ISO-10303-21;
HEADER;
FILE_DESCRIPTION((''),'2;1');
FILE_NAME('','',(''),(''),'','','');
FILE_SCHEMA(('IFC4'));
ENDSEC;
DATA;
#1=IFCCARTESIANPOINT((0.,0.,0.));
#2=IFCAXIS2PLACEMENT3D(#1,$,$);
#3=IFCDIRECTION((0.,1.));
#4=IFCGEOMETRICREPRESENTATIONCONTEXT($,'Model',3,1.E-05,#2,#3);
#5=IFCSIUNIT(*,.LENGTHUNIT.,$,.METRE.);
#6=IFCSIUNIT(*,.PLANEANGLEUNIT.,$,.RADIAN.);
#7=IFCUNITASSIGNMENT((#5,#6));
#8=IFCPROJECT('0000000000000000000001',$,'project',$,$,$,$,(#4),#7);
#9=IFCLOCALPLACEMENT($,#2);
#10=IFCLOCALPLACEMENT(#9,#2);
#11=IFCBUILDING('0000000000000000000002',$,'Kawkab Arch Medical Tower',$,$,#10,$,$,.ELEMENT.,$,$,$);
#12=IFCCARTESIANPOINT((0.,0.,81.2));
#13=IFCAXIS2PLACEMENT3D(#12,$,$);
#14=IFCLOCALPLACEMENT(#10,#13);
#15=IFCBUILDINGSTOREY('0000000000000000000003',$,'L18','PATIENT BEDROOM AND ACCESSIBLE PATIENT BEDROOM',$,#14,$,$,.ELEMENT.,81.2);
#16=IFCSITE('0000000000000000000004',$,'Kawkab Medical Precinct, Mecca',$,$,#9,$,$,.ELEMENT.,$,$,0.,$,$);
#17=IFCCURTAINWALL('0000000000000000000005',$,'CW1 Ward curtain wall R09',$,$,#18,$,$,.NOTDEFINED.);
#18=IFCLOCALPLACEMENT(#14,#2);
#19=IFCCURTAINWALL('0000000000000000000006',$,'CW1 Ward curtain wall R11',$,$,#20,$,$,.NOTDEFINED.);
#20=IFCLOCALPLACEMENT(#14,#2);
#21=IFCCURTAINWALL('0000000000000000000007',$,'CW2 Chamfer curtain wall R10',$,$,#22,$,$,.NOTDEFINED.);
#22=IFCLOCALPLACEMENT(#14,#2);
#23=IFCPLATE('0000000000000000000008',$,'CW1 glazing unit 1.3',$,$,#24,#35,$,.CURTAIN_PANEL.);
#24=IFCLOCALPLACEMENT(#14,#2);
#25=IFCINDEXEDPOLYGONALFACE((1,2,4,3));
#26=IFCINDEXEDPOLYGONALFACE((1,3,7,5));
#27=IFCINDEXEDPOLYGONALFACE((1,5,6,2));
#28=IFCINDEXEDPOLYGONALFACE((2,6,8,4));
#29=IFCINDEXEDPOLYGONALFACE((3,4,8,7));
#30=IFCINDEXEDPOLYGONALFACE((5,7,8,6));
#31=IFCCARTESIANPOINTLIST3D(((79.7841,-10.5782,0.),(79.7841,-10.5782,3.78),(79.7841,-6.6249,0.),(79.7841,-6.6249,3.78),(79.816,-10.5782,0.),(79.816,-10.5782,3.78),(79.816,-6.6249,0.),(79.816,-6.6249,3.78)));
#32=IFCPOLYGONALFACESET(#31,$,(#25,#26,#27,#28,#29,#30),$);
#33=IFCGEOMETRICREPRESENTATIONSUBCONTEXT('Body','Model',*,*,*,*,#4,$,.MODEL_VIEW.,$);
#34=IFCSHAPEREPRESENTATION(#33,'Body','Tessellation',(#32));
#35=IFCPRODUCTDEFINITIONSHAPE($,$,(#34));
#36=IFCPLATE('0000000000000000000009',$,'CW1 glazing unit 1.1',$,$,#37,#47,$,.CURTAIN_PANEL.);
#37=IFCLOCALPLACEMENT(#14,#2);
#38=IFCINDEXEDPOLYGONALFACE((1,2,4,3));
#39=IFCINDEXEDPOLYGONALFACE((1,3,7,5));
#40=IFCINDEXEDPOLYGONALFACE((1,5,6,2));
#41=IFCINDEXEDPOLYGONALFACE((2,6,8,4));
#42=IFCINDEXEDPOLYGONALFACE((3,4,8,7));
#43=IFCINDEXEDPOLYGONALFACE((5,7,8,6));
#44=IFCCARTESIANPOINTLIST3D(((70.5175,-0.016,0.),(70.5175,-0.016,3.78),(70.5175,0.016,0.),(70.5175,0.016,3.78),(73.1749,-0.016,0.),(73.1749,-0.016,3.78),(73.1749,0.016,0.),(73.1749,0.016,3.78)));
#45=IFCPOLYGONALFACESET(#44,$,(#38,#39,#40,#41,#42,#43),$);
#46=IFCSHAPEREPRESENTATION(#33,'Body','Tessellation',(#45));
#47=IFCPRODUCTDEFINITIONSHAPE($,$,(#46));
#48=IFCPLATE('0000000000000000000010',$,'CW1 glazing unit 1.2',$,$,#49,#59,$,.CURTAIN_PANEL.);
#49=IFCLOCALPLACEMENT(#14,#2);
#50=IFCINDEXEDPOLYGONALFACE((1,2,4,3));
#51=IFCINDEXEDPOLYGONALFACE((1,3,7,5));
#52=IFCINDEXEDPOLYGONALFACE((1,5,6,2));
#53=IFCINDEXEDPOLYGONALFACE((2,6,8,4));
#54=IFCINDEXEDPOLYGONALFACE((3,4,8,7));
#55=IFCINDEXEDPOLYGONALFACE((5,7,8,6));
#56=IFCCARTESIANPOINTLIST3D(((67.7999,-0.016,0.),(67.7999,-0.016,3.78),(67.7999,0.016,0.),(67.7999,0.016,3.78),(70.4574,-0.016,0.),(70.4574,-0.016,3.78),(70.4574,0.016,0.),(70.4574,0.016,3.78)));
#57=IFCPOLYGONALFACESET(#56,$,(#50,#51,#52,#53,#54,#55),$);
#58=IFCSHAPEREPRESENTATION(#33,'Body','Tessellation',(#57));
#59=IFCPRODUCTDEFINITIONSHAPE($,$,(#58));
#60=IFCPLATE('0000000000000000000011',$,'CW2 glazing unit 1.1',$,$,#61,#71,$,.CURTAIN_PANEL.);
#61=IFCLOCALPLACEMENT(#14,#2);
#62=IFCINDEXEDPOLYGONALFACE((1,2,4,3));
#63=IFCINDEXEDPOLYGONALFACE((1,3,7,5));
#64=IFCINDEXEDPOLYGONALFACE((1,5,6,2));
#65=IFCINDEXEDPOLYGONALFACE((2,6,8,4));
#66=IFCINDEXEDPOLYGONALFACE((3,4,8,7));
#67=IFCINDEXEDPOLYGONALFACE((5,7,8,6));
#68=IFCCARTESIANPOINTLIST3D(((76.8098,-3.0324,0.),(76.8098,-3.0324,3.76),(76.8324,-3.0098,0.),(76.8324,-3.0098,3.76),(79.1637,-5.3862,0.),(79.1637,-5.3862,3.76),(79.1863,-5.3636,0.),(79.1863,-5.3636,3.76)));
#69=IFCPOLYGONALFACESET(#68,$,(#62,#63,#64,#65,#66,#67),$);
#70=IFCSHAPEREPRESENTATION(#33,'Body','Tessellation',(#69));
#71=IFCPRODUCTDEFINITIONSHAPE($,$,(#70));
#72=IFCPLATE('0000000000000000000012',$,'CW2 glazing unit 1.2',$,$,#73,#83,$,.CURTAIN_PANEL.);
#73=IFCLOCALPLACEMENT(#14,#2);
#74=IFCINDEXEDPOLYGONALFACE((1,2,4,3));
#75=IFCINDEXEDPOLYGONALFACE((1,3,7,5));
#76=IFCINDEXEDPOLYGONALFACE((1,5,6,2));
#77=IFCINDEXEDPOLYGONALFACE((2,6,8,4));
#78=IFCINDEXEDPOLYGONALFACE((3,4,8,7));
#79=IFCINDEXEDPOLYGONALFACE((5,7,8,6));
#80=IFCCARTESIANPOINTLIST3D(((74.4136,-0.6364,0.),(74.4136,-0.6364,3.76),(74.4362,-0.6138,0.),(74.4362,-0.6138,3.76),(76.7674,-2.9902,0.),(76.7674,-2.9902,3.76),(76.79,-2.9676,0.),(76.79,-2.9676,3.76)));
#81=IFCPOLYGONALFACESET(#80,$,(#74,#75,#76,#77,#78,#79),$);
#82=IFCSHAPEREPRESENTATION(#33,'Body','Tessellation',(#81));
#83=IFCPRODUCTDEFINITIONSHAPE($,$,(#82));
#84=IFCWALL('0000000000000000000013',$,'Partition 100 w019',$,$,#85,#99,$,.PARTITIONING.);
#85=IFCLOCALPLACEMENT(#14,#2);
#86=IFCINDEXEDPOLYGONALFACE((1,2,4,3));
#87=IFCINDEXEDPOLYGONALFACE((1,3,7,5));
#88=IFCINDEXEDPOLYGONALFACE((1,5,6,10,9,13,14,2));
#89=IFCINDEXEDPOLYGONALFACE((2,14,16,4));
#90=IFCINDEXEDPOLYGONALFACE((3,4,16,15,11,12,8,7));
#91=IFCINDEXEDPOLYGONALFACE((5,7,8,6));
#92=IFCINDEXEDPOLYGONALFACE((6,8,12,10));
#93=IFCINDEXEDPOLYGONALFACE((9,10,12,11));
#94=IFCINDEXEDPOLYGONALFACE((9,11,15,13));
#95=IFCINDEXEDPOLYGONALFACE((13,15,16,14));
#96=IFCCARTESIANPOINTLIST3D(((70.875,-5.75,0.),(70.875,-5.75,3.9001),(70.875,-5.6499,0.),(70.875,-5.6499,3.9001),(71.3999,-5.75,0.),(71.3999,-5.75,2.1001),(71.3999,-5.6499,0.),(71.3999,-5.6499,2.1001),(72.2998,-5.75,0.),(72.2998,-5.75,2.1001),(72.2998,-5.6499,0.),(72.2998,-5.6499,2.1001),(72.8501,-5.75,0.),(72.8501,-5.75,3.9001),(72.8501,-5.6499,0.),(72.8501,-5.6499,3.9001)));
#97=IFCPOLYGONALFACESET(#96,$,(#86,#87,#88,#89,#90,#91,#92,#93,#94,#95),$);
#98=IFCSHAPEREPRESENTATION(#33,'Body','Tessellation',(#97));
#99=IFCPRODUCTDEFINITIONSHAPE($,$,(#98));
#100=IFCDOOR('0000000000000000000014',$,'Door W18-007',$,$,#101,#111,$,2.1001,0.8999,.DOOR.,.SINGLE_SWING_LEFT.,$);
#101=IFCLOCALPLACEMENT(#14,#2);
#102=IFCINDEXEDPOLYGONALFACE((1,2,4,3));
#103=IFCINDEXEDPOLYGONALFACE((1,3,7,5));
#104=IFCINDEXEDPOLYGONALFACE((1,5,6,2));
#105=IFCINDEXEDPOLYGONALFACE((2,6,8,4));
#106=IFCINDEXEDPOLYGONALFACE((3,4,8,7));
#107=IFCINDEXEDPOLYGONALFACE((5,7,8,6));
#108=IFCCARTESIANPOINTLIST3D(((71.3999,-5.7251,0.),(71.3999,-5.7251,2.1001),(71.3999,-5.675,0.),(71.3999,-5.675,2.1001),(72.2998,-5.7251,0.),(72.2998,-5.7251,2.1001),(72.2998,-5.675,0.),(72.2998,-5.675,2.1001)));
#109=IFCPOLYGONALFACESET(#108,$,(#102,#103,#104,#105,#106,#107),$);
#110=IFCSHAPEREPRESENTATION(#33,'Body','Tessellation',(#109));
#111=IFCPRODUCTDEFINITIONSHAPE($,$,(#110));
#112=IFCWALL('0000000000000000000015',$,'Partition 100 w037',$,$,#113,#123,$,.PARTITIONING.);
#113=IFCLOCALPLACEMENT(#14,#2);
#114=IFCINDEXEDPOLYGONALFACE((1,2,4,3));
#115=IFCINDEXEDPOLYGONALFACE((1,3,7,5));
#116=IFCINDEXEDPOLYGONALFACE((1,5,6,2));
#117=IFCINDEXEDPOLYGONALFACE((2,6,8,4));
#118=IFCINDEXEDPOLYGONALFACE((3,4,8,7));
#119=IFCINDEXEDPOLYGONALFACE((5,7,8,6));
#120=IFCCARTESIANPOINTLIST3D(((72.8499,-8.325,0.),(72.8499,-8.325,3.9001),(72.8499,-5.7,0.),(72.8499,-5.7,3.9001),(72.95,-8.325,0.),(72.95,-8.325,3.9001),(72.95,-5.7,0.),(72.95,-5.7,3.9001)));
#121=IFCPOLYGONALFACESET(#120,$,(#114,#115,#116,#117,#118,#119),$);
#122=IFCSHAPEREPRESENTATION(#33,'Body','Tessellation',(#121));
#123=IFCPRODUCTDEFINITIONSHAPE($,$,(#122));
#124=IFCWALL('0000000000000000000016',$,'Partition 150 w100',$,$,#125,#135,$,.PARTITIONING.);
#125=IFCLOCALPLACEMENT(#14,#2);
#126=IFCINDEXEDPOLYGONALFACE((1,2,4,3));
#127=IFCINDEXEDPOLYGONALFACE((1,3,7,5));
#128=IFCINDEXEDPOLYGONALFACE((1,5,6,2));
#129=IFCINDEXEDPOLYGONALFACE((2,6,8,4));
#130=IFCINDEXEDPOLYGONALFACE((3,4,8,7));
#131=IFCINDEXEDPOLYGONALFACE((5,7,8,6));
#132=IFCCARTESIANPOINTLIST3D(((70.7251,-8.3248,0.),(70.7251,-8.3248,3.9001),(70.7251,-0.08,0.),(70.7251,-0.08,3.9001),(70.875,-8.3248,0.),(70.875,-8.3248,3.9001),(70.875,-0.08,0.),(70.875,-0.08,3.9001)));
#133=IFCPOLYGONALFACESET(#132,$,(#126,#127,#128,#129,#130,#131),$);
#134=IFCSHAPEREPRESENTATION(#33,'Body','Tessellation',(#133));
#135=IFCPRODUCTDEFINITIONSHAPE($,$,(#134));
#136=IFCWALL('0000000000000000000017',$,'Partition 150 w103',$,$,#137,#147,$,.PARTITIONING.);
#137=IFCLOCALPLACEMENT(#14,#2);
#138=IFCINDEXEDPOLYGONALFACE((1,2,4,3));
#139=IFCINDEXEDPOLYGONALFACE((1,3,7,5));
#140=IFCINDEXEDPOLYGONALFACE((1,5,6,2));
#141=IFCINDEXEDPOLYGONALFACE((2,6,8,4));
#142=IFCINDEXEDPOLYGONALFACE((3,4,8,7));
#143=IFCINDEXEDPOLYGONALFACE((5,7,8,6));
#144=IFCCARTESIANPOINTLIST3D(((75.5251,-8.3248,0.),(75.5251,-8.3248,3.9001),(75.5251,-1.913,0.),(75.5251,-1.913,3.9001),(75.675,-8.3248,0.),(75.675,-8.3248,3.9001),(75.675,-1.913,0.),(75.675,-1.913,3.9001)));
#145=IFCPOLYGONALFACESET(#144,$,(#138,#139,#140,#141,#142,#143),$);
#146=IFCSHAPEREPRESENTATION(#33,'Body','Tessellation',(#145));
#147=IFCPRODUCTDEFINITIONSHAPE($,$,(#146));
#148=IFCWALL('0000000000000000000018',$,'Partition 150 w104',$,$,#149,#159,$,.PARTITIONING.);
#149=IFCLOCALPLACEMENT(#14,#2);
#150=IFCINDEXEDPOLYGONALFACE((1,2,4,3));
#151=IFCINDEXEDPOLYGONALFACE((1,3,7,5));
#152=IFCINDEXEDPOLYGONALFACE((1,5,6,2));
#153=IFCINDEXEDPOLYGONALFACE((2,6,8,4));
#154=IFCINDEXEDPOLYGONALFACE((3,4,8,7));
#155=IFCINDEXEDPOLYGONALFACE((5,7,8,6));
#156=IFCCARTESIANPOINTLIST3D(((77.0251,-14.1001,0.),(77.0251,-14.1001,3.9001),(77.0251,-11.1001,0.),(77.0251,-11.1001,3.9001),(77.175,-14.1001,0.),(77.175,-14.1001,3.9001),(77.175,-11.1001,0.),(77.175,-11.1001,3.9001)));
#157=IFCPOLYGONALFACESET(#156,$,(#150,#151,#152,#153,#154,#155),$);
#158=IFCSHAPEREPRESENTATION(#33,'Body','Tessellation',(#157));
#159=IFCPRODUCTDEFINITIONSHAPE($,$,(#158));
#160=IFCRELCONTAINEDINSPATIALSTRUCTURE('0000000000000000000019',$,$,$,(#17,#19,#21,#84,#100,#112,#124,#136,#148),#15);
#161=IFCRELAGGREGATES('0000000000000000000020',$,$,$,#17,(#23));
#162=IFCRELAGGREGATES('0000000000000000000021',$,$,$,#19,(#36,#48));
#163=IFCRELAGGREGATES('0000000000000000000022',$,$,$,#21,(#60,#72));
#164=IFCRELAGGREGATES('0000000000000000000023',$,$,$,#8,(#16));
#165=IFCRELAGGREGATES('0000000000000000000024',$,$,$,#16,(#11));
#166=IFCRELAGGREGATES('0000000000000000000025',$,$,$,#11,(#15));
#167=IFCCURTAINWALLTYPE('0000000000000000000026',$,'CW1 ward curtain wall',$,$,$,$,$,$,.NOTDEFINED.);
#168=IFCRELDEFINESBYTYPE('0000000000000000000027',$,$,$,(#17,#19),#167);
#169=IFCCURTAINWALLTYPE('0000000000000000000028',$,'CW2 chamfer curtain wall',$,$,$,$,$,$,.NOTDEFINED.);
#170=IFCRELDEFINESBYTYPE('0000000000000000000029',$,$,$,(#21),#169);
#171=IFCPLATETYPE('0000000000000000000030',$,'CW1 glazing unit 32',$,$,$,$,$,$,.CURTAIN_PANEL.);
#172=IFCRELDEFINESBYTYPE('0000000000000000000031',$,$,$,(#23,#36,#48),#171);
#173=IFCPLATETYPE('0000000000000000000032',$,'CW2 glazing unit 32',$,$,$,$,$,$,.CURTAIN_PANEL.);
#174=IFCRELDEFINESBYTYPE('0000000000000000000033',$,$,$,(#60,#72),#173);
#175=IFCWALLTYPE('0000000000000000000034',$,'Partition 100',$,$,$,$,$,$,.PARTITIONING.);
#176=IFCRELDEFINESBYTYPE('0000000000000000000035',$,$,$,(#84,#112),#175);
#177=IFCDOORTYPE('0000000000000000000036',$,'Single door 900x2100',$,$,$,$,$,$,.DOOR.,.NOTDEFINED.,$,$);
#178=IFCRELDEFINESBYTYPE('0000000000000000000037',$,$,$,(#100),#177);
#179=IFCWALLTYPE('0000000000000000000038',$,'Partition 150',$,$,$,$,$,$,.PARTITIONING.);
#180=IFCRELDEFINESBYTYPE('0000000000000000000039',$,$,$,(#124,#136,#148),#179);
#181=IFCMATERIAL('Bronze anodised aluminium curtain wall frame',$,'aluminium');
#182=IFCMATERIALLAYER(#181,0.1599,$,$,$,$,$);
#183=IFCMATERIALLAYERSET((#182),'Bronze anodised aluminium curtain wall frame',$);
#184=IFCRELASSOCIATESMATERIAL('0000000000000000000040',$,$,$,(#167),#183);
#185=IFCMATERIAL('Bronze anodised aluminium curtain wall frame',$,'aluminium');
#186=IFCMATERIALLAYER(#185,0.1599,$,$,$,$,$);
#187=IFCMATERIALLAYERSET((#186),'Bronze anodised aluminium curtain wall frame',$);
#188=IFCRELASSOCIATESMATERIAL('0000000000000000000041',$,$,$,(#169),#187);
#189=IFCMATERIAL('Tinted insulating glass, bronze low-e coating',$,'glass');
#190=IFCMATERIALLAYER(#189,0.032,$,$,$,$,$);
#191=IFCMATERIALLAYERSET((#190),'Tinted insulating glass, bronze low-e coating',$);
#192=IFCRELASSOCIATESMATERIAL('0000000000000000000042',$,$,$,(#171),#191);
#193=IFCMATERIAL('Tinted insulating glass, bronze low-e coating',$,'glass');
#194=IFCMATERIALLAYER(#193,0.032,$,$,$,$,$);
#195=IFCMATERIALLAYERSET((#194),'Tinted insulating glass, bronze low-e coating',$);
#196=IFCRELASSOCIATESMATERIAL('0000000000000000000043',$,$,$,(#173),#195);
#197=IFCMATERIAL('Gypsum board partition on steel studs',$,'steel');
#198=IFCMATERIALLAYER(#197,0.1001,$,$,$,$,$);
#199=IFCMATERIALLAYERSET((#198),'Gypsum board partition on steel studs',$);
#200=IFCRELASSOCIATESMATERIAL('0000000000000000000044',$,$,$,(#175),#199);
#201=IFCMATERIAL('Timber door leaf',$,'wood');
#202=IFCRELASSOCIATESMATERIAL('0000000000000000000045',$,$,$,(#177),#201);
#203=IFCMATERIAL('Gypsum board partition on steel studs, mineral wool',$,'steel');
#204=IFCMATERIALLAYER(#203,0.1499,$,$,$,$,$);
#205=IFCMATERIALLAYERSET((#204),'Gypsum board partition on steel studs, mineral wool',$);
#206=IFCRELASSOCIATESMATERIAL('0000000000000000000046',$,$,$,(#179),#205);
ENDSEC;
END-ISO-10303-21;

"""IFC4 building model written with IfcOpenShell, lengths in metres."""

from ifc_helpers import new_model, si_unit, direction, frame, frame_2d, origin, origin_2d, place, context, subcontext, project, spatial, rectangle, extrude, material, layer, layer_set, type_object, element, fill, aggregate, save


model = new_model("IFC4")

# Units and contexts
model_context = context("Model", 3, precision=1e-05, world=origin(), true_north=direction((0.0, 1.0)))
body_context = subcontext(model_context, "Body", "Model", "MODEL_VIEW")
ifc_project = project(units=[si_unit("LENGTHUNIT", "METRE"), si_unit("PLANEANGLEUNIT", "RADIAN")], contexts=[model_context])

# Site, building, storey
site_placement = place(None, origin())
site = spatial("IfcSite", under=ifc_project, at=site_placement, Name="Kawkab Medical Precinct, Mecca", CompositionType="ELEMENT", RefElevation=0.0)
building_placement = place(site_placement, origin())
building = spatial("IfcBuilding", under=site, at=building_placement, Name="Kawkab Arch Medical Tower", CompositionType="ELEMENT")
storey_placement = place(building_placement, frame((0.0, 0.0, 81.2)))
storey = spatial("IfcBuildingStorey", under=building, at=storey_placement, Name="L18", Description="PATIENT BEDROOM AND ACCESSIBLE PATIENT BEDROOM", CompositionType="ELEMENT", Elevation=81.2)

# Curtain walls
ifc_material_1 = material(Name="Bronze anodised aluminium curtain wall frame", Category="aluminium")
ifc_layer_1 = layer(ifc_material_1, 0.1599)
ifc_layer_set_1 = layer_set([ifc_layer_1], Name="Bronze anodised aluminium curtain wall frame")
curtain_wall_type_1 = type_object("IfcCurtainWallType", Name="CW1 ward curtain wall", PredefinedType="NOTDEFINED", material=ifc_layer_set_1)
placement = place(storey_placement, origin())
curtain_wall_1 = element("IfcCurtainWall", 1, at=placement, inside=storey, type_object=curtain_wall_type_1, Name="CW1 Ward curtain wall R09", PredefinedType="NOTDEFINED")
curtain_wall_2 = element("IfcCurtainWall", 2, at=placement, inside=storey, type_object=curtain_wall_type_1, Name="CW1 Ward curtain wall R11", PredefinedType="NOTDEFINED")
ifc_material_2 = material(Name="Bronze anodised aluminium curtain wall frame", Category="aluminium")
ifc_layer_2 = layer(ifc_material_2, 0.1599)
ifc_layer_set_2 = layer_set([ifc_layer_2], Name="Bronze anodised aluminium curtain wall frame")
curtain_wall_type_2 = type_object("IfcCurtainWallType", Name="CW2 chamfer curtain wall", PredefinedType="NOTDEFINED", material=ifc_layer_set_2)
curtain_wall_3 = element("IfcCurtainWall", 3, at=placement, inside=storey, type_object=curtain_wall_type_2, Name="CW2 Chamfer curtain wall R10", PredefinedType="NOTDEFINED")

# Plates
ifc_material_3 = material(Name="Tinted insulating glass, bronze low-e coating", Category="glass")
ifc_layer_3 = layer(ifc_material_3, 0.032)
ifc_layer_set_3 = layer_set([ifc_layer_3], Name="Tinted insulating glass, bronze low-e coating")
plate_type_1 = type_object("IfcPlateType", Name="CW1 glazing unit 32", PredefinedType="CURTAIN_PANEL", material=ifc_layer_set_3)
plate_1_placement = place(storey_placement, frame((79.8, -8.6016, 0.0), z_axis=(0.0, 0.0, 1.0), x_axis=(0.0, 1.0, 0.0)))
plate_1 = element("IfcPlate", 4, at=plate_1_placement, type_object=plate_type_1, Name="CW1 glazing unit 1.3", PredefinedType="CURTAIN_PANEL", context=body_context, shape_type="SweptSolid", body=[
    extrude(rectangle(XDim=3.9534, YDim=0.032, at=origin_2d()), origin(), (0.0, 0.0, 1.0), 3.78),
])
aggregate(curtain_wall_1, [plate_1])
plate_2_placement = place(storey_placement, frame((71.8462, 0.0, 0.0), z_axis=(0.0, 0.0, 1.0), x_axis=(-1.0, 0.0, 0.0)))
plate_2 = element("IfcPlate", 5, at=plate_2_placement, type_object=plate_type_1, Name="CW1 glazing unit 1.1", PredefinedType="CURTAIN_PANEL", context=body_context, shape_type="SweptSolid", body=[
    extrude(rectangle(XDim=2.6575, YDim=0.032, at=origin_2d()), origin(), (0.0, 0.0, 1.0), 3.78),
])
plate_3_placement = place(storey_placement, frame((69.1287, 0.0, 0.0), z_axis=(0.0, 0.0, 1.0), x_axis=(-1.0, 0.0, 0.0)))
plate_3 = element("IfcPlate", 6, at=plate_3_placement, type_object=plate_type_1, Name="CW1 glazing unit 1.2", PredefinedType="CURTAIN_PANEL", context=body_context, shape_type="SweptSolid", body=[
    extrude(rectangle(XDim=2.6575, YDim=0.032, at=origin_2d()), origin(), (0.0, 0.0, 1.0), 3.78),
])
aggregate(curtain_wall_2, [plate_2, plate_3])
ifc_material_4 = material(Name="Tinted insulating glass, bronze low-e coating", Category="glass")
ifc_layer_4 = layer(ifc_material_4, 0.032)
ifc_layer_set_4 = layer_set([ifc_layer_4], Name="Tinted insulating glass, bronze low-e coating")
plate_type_2 = type_object("IfcPlateType", Name="CW2 glazing unit 32", PredefinedType="CURTAIN_PANEL", material=ifc_layer_set_4)
plate_4_placement = place(storey_placement, frame((77.998, -4.198, 0.0), z_axis=(0.0, 0.0, 1.0), x_axis=(-0.707107, 0.707107, 0.0)))
plate_4 = element("IfcPlate", 7, at=plate_4_placement, type_object=plate_type_2, Name="CW2 glazing unit 1.1", PredefinedType="CURTAIN_PANEL", context=body_context, shape_type="SweptSolid", body=[
    extrude(rectangle(XDim=3.3289, YDim=0.032, at=origin_2d()), origin(), (0.0, 0.0, 1.0), 3.76),
])
plate_5_placement = place(storey_placement, frame((75.6018, -1.802, 0.0), z_axis=(0.0, 0.0, 1.0), x_axis=(-0.707107, 0.707107, 0.0)))
plate_5 = element("IfcPlate", 8, at=plate_5_placement, type_object=plate_type_2, Name="CW2 glazing unit 1.2", PredefinedType="CURTAIN_PANEL", context=body_context, shape_type="SweptSolid", body=[
    extrude(rectangle(XDim=3.3289, YDim=0.032, at=origin_2d()), origin(), (0.0, 0.0, 1.0), 3.76),
])
aggregate(curtain_wall_3, [plate_4, plate_5])

# Wall, opening, door
ifc_material_5 = material(Name="Gypsum board partition on steel studs", Category="steel")
ifc_layer_5 = layer(ifc_material_5, 0.1001)
ifc_layer_set_5 = layer_set([ifc_layer_5], Name="Gypsum board partition on steel studs")
wall_type_1 = type_object("IfcWallType", Name="Partition 100", PredefinedType="PARTITIONING", material=ifc_layer_set_5)
wall_1_placement = place(storey_placement, frame((70.875, -5.7, 0.0), z_axis=(0.0, 0.0, 1.0), x_axis=(1.0, 0.0, 0.0)))
wall_1 = element("IfcWall", 9, at=wall_1_placement, inside=storey, type_object=wall_type_1, Name="Partition 100 w019", PredefinedType="PARTITIONING", context=body_context, shape_type="SweptSolid", body=[
    extrude(rectangle(XDim=1.9751, YDim=0.1001, at=frame_2d((0.9875, 0.0))), origin(), (0.0, 0.0, 1.0), 3.9001),
])
opening_placement = place(wall_1_placement, frame((0.5249, 0.0, 0.0)))
opening = element("IfcOpeningElement", 10, at=opening_placement, cuts=wall_1, PredefinedType="OPENING", context=body_context, shape_type="SweptSolid", body=[
    extrude(rectangle(XDim=0.8999, YDim=2.1001, at=frame_2d((0.45, 1.05))), frame((0.0, 0.0601, 0.0), z_axis=(0.0, -1.0, 0.0), x_axis=(1.0, 0.0, 0.0)), (0.0, 0.0, 1.0), 0.1201),
])
ifc_material_6 = material(Name="Timber door leaf", Category="wood")
door_type = type_object("IfcDoorType", Name="Single door 900x2100", OperationType="NOTDEFINED", PredefinedType="DOOR", material=ifc_material_6)
door_placement = place(opening_placement, origin())
door = element("IfcDoor", 11, at=door_placement, inside=storey, type_object=door_type, Name="Door W18-007", OperationType="SINGLE_SWING_LEFT", OverallHeight=2.1001, OverallWidth=0.8999, PredefinedType="DOOR", context=body_context, shape_type="SweptSolid", body=[
    extrude(rectangle(XDim=0.8999, YDim=2.1001, at=frame_2d((0.45, 1.05))), frame((0.0, 0.0249, 0.0), z_axis=(0.0, -1.0, 0.0), x_axis=(1.0, 0.0, 0.0)), (0.0, 0.0, 1.0), 0.05),
])
fill(opening, door)

# Walls
wall_2_placement = place(storey_placement, frame((72.8999, -8.325, 0.0), z_axis=(0.0, 0.0, 1.0), x_axis=(0.0, 1.0, 0.0)))
element("IfcWall", 12, at=wall_2_placement, inside=storey, type_object=wall_type_1, Name="Partition 100 w037", PredefinedType="PARTITIONING", context=body_context, shape_type="SweptSolid", body=[
    extrude(rectangle(XDim=2.625, YDim=0.1001, at=frame_2d((1.3125, 0.0))), origin(), (0.0, 0.0, 1.0), 3.9001),
])
ifc_material_7 = material(Name="Gypsum board partition on steel studs, mineral wool", Category="steel")
ifc_layer_6 = layer(ifc_material_7, 0.1499)
ifc_layer_set_6 = layer_set([ifc_layer_6], Name="Gypsum board partition on steel studs, mineral wool")
wall_type_2 = type_object("IfcWallType", Name="Partition 150", PredefinedType="PARTITIONING", material=ifc_layer_set_6)
wall_3_placement = place(storey_placement, frame((70.8, -8.325, 0.0), z_axis=(0.0, 0.0, 1.0), x_axis=(0.0, 1.0, 0.0)))
element("IfcWall", 13, at=wall_3_placement, inside=storey, type_object=wall_type_2, Name="Partition 150 w100", PredefinedType="PARTITIONING", context=body_context, shape_type="SweptSolid", body=[
    extrude(rectangle(XDim=8.2449, YDim=0.1499, at=frame_2d((4.1226, 0.0))), origin(), (0.0, 0.0, 1.0), 3.9001),
])
wall_4_placement = place(storey_placement, frame((75.6001, -8.325, 0.0), z_axis=(0.0, 0.0, 1.0), x_axis=(0.0, 1.0, 0.0)))
element("IfcWall", 14, at=wall_4_placement, inside=storey, type_object=wall_type_2, Name="Partition 150 w103", PredefinedType="PARTITIONING", context=body_context, shape_type="SweptSolid", body=[
    extrude(rectangle(XDim=6.4119, YDim=0.1499, at=frame_2d((3.2061, 0.0))), origin(), (0.0, 0.0, 1.0), 3.9001),
])
wall_5_placement = place(storey_placement, frame((77.1001, -14.1001, 0.0), z_axis=(0.0, 0.0, 1.0), x_axis=(0.0, 1.0, 0.0)))
element("IfcWall", 15, at=wall_5_placement, inside=storey, type_object=wall_type_2, Name="Partition 150 w104", PredefinedType="PARTITIONING", context=body_context, shape_type="SweptSolid", body=[
    extrude(rectangle(XDim=3.0, YDim=0.1499, at=frame_2d((1.5, 0.0))), origin(), (0.0, 0.0, 1.0), 3.9001),
])

save(model, "model.ifc")
